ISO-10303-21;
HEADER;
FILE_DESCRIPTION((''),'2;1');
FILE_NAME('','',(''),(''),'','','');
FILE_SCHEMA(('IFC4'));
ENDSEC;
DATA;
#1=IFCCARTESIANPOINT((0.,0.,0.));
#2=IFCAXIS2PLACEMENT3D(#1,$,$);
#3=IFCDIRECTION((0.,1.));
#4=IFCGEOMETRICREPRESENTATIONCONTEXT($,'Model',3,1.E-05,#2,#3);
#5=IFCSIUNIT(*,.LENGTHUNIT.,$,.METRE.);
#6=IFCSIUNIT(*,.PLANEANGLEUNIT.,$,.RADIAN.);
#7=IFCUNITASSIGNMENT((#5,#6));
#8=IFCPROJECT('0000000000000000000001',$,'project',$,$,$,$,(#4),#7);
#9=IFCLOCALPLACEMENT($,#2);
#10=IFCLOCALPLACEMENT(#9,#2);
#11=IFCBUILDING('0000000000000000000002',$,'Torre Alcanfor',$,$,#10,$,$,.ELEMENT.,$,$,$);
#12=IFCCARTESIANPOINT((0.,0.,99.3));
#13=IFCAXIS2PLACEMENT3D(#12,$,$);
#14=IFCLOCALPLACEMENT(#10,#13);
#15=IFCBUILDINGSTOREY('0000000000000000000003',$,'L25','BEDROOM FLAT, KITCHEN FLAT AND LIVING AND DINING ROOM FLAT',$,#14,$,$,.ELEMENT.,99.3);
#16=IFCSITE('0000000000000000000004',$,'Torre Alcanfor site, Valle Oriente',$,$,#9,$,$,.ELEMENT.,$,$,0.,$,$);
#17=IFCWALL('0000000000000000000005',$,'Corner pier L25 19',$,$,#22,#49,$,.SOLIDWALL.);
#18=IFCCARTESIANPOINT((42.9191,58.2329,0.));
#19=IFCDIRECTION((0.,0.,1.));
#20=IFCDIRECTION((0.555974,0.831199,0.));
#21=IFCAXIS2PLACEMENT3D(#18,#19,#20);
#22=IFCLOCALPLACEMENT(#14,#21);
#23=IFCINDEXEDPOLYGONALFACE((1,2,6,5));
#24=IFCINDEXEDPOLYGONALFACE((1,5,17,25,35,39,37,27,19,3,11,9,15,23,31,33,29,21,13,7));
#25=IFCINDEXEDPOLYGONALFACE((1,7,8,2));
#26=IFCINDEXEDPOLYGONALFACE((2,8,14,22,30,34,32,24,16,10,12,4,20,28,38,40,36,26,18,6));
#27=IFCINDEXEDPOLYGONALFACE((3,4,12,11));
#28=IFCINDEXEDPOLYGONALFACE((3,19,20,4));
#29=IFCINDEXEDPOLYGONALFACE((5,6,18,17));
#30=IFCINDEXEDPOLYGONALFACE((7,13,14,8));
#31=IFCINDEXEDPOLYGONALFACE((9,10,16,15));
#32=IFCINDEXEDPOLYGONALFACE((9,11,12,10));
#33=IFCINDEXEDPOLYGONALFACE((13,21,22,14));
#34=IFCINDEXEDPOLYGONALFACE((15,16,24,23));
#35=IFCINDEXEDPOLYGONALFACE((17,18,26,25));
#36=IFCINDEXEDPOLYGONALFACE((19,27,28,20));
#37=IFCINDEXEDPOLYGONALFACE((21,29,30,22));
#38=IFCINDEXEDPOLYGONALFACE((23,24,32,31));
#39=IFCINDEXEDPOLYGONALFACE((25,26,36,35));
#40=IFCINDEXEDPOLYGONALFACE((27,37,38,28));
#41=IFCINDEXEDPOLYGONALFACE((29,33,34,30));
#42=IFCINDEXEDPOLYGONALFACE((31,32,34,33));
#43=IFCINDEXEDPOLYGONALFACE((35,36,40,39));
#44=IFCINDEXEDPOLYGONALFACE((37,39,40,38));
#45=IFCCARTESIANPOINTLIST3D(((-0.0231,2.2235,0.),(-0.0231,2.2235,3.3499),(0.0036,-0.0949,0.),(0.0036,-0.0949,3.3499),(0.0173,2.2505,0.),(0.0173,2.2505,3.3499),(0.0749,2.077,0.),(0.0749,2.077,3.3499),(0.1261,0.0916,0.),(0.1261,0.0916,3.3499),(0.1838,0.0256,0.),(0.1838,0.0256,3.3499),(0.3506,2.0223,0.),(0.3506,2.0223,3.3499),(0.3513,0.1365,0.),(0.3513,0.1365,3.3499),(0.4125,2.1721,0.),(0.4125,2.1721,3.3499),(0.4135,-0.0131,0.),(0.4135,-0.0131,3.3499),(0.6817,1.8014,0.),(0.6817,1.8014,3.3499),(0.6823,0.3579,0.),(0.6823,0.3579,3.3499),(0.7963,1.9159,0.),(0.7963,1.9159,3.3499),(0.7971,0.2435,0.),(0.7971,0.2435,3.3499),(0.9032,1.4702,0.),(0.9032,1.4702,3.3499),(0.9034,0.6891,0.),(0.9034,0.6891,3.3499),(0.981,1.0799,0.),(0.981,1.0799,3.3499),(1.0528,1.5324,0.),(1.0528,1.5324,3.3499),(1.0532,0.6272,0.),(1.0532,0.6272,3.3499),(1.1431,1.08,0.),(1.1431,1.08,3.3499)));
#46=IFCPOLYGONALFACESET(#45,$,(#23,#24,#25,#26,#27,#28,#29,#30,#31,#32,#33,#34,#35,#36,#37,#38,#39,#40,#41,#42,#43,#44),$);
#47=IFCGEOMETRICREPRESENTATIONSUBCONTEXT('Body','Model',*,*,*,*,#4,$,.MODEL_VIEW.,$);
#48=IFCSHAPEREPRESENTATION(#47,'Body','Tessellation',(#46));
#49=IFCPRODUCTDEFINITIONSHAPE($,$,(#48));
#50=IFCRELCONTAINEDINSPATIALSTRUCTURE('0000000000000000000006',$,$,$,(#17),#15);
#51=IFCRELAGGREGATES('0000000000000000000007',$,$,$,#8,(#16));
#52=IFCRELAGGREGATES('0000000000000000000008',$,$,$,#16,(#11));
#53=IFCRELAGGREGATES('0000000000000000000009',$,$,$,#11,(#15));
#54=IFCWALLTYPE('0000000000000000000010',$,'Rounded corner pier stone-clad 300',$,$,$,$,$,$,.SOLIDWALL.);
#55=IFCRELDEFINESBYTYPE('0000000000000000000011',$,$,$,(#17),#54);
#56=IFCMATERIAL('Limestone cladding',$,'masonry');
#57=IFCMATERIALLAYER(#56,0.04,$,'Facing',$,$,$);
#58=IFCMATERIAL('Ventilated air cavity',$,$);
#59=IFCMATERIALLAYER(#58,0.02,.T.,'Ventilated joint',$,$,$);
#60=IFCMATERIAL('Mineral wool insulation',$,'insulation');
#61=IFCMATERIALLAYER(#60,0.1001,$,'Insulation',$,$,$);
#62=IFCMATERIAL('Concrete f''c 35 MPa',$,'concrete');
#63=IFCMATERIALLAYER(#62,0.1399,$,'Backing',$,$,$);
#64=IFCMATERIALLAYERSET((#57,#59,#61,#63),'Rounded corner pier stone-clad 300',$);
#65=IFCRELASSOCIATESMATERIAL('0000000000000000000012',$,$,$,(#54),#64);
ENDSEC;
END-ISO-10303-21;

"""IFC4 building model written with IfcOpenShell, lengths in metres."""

from ifc_helpers import new_model, si_unit, direction, frame, origin, place, context, subcontext, project, spatial, polyline, outline, extrude, material, layer, layer_set, type_object, element, save


model = new_model("IFC4")

# Units and contexts
model_context = context("Model", 3, precision=1e-05, world=origin(), true_north=direction((0.0, 1.0)))
body_context = subcontext(model_context, "Body", "Model", "MODEL_VIEW")
ifc_project = project(units=[si_unit("LENGTHUNIT", "METRE"), si_unit("PLANEANGLEUNIT", "RADIAN")], contexts=[model_context])

# Site, building, storey
site_placement = place(None, origin())
site = spatial("IfcSite", under=ifc_project, at=site_placement, Name="Torre Alcanfor site, Valle Oriente", CompositionType="ELEMENT", RefElevation=0.0)
building_placement = place(site_placement, origin())
building = spatial("IfcBuilding", under=site, at=building_placement, Name="Torre Alcanfor", CompositionType="ELEMENT")
storey_placement = place(building_placement, frame((0.0, 0.0, 99.3)))
storey = spatial("IfcBuildingStorey", under=building, at=storey_placement, Name="L25", Description="BEDROOM FLAT, KITCHEN FLAT AND LIVING AND DINING ROOM FLAT", CompositionType="ELEMENT", Elevation=99.3)

# Shared definitions
ifc_material_1 = material(Name="Limestone cladding", Category="masonry")
ifc_material_2 = material(Name="Ventilated air cavity")
ifc_material_3 = material(Name="Mineral wool insulation", Category="insulation")
ifc_material_4 = material(Name="Concrete f'c 35 MPa", Category="concrete")

# Wall
ifc_layer_1 = layer(ifc_material_1, 0.04, Name="Facing")
ifc_layer_2 = layer(ifc_material_2, 0.02, ventilated=True, Name="Ventilated joint")
ifc_layer_3 = layer(ifc_material_3, 0.1001, Name="Insulation")
ifc_layer_4 = layer(ifc_material_4, 0.1399, Name="Backing")
ifc_layer_set_1 = layer_set([ifc_layer_1, ifc_layer_2, ifc_layer_3, ifc_layer_4], Name="Rounded corner pier stone-clad 300")
wall_type_1 = type_object("IfcWallType", Name="Rounded corner pier stone-clad 300", PredefinedType="SOLIDWALL", material=ifc_layer_set_1)
wall_1_placement = place(storey_placement, frame((42.9191, 58.2329, 0.0), z_axis=(0.0, 0.0, 1.0), x_axis=(0.555974, 0.831199, 0.0)))
element("IfcWall", 1, at=wall_1_placement, inside=storey, type_object=wall_type_1, Name="Corner pier L25 19", PredefinedType="SOLIDWALL", context=body_context, shape_type="SweptSolid", body=[
    extrude(outline(polyline([(0.4135, -0.0131), (0.7971, 0.2435), (1.0532, 0.6272), (1.1431, 1.08), (1.0528, 1.5324), (0.7963, 1.9159), (0.4125, 2.1721), (0.0173, 2.2505), (-0.0231, 2.2235), (0.0749, 2.077), (0.3506, 2.0223), (0.6817, 1.8014), (0.9032, 1.4702), (0.981, 1.0799), (0.9034, 0.6891), (0.6823, 0.3579), (0.3513, 0.1365), (0.1261, 0.0916), (0.1838, 0.0256), (0.0036, -0.0949), (0.4135, -0.0131)])), origin(), (0.0, 0.0, 1.0), 3.3499),
])

save(model, "model.ifc")
